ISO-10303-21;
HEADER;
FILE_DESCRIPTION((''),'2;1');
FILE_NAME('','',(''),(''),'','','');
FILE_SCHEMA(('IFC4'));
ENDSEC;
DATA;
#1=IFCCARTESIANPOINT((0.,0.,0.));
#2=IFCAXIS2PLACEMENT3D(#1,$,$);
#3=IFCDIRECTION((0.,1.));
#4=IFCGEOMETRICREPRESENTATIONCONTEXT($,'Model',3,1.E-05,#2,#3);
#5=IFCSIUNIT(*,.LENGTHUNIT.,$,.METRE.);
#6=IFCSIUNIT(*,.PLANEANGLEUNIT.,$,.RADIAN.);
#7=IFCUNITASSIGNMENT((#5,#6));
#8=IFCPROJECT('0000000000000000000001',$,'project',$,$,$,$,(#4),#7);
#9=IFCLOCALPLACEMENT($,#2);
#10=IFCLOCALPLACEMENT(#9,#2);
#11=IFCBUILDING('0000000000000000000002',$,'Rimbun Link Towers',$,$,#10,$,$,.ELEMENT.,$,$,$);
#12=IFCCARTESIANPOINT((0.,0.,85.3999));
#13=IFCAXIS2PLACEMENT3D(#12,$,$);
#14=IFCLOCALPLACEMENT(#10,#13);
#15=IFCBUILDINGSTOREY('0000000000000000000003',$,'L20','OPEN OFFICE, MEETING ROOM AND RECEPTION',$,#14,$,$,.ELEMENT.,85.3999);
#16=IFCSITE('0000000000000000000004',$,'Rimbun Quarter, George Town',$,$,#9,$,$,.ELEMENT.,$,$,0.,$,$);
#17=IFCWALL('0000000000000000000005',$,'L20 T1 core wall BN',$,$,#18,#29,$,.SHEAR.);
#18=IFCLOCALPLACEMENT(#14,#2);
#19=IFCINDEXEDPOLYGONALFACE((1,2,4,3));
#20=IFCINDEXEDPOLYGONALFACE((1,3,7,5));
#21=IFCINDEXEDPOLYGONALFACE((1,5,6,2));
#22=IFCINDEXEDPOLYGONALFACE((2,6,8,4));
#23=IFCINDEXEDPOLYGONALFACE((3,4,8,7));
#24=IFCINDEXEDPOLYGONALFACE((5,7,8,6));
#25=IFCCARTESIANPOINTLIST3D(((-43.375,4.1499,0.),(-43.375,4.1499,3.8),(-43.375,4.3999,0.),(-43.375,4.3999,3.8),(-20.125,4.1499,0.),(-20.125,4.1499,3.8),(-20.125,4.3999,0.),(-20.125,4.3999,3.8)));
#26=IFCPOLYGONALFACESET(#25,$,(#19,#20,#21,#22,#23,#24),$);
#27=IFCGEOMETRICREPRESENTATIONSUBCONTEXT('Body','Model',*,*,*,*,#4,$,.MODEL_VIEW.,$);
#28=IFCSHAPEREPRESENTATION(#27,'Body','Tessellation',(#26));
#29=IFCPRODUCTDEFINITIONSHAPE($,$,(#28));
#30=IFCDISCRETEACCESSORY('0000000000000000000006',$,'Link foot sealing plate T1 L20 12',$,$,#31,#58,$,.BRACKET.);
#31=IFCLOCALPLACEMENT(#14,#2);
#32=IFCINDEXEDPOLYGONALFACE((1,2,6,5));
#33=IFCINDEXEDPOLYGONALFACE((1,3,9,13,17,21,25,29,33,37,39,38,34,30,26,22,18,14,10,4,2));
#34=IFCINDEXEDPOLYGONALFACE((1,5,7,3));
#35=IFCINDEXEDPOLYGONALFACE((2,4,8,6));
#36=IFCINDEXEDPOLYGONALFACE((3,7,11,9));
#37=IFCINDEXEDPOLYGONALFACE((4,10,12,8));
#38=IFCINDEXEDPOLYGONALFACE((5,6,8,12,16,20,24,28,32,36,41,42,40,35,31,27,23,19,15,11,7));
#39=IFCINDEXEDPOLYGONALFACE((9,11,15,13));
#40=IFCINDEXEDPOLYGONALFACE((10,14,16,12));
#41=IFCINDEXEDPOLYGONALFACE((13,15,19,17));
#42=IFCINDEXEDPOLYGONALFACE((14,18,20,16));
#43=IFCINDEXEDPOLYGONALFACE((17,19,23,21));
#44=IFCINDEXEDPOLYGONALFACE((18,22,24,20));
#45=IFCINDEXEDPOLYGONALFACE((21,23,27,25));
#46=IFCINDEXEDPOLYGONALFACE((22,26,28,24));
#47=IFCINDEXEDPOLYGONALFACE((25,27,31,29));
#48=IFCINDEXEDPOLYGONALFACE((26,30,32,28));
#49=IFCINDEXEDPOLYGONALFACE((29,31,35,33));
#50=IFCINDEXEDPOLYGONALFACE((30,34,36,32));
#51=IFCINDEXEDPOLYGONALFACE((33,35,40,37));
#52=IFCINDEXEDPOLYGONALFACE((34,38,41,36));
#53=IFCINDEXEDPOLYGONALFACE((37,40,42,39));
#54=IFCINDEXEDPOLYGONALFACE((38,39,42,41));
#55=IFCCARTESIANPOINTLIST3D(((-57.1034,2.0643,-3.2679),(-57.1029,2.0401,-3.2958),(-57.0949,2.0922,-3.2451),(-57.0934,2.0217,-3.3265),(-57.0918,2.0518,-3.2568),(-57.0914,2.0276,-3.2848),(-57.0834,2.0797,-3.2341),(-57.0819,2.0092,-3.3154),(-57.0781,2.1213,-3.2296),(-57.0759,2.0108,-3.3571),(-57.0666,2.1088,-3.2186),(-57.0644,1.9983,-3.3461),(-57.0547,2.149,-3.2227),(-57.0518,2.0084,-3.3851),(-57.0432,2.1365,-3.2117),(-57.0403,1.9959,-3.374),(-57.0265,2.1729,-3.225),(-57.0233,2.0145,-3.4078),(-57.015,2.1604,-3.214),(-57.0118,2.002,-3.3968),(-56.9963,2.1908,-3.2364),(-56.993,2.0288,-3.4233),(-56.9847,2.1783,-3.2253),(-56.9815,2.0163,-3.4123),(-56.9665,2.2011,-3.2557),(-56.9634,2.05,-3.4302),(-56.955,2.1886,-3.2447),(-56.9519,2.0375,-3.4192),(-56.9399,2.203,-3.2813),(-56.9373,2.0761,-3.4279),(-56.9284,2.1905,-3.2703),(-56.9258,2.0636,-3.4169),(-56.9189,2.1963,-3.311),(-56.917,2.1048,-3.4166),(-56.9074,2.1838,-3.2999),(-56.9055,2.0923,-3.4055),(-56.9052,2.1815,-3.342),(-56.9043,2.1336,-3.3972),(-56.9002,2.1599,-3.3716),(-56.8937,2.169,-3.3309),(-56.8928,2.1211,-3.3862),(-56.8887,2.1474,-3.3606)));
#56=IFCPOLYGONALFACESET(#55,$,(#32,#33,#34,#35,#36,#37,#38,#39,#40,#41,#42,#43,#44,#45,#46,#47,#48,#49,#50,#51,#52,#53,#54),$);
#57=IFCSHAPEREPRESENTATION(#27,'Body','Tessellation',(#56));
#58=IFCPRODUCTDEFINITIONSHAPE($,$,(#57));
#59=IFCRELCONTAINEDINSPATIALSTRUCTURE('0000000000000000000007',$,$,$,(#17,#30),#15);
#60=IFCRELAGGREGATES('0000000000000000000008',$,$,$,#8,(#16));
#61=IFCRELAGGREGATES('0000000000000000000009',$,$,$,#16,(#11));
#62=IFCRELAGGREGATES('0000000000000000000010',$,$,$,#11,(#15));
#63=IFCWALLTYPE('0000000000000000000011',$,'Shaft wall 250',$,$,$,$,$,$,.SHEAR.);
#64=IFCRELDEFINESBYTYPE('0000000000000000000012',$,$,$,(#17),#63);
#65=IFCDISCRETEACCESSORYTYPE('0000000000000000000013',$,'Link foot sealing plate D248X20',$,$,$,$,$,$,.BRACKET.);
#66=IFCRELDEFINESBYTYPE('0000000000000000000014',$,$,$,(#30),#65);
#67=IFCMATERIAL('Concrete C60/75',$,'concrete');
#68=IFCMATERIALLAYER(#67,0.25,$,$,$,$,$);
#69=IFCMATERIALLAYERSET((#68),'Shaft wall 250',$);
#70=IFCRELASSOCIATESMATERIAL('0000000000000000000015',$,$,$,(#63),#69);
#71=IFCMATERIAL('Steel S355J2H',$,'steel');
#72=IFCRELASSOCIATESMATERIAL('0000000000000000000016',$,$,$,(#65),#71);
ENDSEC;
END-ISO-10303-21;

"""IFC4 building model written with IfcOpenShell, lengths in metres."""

from ifc_helpers import new_model, si_unit, direction, frame, frame_2d, origin, origin_2d, place, context, subcontext, project, spatial, rectangle, circle, extrude, material, layer, layer_set, material_profile, profile_set, type_object, element, save


model = new_model("IFC4")

# Units and contexts
model_context = context("Model", 3, precision=1e-05, world=origin(), true_north=direction((0.0, 1.0)))
body_context = subcontext(model_context, "Body", "Model", "MODEL_VIEW")
ifc_project = project(units=[si_unit("LENGTHUNIT", "METRE"), si_unit("PLANEANGLEUNIT", "RADIAN")], contexts=[model_context])

# Site, building, storey
site_placement = place(None, origin())
site = spatial("IfcSite", under=ifc_project, at=site_placement, Name="Rimbun Quarter, George Town", CompositionType="ELEMENT", RefElevation=0.0)
building_placement = place(site_placement, origin())
building = spatial("IfcBuilding", under=site, at=building_placement, Name="Rimbun Link Towers", CompositionType="ELEMENT")
storey_placement = place(building_placement, frame((0.0, 0.0, 85.3999)))
storey = spatial("IfcBuildingStorey", under=building, at=storey_placement, Name="L20", Description="OPEN OFFICE, MEETING ROOM AND RECEPTION", CompositionType="ELEMENT", Elevation=85.3999)

# Wall
ifc_material_1 = material(Name="Concrete C60/75", Category="concrete")
ifc_layer_1 = layer(ifc_material_1, 0.25)
ifc_layer_set_1 = layer_set([ifc_layer_1], Name="Shaft wall 250")
wall_type_1 = type_object("IfcWallType", Name="Shaft wall 250", PredefinedType="SHEAR", material=ifc_layer_set_1)
wall_1_placement = place(storey_placement, frame((-43.375, 4.2749, 0.0), z_axis=(0.0, 0.0, 1.0), x_axis=(1.0, 0.0, 0.0)))
element("IfcWall", 1, at=wall_1_placement, inside=storey, type_object=wall_type_1, Name="L20 T1 core wall BN", PredefinedType="SHEAR", context=body_context, shape_type="SweptSolid", body=[
    extrude(rectangle(XDim=23.25, YDim=0.25, at=frame_2d((11.625, 0.0))), origin(), (0.0, 0.0, 1.0), 3.8),
])

# Discrete accessory
ifc_material_2 = material(Name="Steel S355J2H", Category="steel")
ifc_material_profile_1 = material_profile(ifc_material_2, circle(Radius=0.124, at=origin_2d()), Name="PL D248")
ifc_profile_set_1 = profile_set([ifc_material_profile_1], Name="Steel S355J2H")
discrete_accessory_type = type_object("IfcDiscreteAccessoryType", Name="Link foot sealing plate D248X20", PredefinedType="BRACKET", material=ifc_profile_set_1)
discrete_accessory_placement = place(storey_placement, frame((-56.9907, 2.0933, -3.3154), z_axis=(-0.568498, 0.61688, -0.544306), x_axis=(-0.735356, -0.677681, 0.0)))
element("IfcDiscreteAccessory", 2, at=discrete_accessory_placement, inside=storey, type_object=discrete_accessory_type, Name="Link foot sealing plate T1 L20 12", PredefinedType="BRACKET", context=body_context, shape_type="SweptSolid", body=[
    extrude(circle(Radius=0.124, at=origin_2d()), origin(), (0.0, 0.0, 1.0), 0.0203),
])

save(model, "model.ifc")
